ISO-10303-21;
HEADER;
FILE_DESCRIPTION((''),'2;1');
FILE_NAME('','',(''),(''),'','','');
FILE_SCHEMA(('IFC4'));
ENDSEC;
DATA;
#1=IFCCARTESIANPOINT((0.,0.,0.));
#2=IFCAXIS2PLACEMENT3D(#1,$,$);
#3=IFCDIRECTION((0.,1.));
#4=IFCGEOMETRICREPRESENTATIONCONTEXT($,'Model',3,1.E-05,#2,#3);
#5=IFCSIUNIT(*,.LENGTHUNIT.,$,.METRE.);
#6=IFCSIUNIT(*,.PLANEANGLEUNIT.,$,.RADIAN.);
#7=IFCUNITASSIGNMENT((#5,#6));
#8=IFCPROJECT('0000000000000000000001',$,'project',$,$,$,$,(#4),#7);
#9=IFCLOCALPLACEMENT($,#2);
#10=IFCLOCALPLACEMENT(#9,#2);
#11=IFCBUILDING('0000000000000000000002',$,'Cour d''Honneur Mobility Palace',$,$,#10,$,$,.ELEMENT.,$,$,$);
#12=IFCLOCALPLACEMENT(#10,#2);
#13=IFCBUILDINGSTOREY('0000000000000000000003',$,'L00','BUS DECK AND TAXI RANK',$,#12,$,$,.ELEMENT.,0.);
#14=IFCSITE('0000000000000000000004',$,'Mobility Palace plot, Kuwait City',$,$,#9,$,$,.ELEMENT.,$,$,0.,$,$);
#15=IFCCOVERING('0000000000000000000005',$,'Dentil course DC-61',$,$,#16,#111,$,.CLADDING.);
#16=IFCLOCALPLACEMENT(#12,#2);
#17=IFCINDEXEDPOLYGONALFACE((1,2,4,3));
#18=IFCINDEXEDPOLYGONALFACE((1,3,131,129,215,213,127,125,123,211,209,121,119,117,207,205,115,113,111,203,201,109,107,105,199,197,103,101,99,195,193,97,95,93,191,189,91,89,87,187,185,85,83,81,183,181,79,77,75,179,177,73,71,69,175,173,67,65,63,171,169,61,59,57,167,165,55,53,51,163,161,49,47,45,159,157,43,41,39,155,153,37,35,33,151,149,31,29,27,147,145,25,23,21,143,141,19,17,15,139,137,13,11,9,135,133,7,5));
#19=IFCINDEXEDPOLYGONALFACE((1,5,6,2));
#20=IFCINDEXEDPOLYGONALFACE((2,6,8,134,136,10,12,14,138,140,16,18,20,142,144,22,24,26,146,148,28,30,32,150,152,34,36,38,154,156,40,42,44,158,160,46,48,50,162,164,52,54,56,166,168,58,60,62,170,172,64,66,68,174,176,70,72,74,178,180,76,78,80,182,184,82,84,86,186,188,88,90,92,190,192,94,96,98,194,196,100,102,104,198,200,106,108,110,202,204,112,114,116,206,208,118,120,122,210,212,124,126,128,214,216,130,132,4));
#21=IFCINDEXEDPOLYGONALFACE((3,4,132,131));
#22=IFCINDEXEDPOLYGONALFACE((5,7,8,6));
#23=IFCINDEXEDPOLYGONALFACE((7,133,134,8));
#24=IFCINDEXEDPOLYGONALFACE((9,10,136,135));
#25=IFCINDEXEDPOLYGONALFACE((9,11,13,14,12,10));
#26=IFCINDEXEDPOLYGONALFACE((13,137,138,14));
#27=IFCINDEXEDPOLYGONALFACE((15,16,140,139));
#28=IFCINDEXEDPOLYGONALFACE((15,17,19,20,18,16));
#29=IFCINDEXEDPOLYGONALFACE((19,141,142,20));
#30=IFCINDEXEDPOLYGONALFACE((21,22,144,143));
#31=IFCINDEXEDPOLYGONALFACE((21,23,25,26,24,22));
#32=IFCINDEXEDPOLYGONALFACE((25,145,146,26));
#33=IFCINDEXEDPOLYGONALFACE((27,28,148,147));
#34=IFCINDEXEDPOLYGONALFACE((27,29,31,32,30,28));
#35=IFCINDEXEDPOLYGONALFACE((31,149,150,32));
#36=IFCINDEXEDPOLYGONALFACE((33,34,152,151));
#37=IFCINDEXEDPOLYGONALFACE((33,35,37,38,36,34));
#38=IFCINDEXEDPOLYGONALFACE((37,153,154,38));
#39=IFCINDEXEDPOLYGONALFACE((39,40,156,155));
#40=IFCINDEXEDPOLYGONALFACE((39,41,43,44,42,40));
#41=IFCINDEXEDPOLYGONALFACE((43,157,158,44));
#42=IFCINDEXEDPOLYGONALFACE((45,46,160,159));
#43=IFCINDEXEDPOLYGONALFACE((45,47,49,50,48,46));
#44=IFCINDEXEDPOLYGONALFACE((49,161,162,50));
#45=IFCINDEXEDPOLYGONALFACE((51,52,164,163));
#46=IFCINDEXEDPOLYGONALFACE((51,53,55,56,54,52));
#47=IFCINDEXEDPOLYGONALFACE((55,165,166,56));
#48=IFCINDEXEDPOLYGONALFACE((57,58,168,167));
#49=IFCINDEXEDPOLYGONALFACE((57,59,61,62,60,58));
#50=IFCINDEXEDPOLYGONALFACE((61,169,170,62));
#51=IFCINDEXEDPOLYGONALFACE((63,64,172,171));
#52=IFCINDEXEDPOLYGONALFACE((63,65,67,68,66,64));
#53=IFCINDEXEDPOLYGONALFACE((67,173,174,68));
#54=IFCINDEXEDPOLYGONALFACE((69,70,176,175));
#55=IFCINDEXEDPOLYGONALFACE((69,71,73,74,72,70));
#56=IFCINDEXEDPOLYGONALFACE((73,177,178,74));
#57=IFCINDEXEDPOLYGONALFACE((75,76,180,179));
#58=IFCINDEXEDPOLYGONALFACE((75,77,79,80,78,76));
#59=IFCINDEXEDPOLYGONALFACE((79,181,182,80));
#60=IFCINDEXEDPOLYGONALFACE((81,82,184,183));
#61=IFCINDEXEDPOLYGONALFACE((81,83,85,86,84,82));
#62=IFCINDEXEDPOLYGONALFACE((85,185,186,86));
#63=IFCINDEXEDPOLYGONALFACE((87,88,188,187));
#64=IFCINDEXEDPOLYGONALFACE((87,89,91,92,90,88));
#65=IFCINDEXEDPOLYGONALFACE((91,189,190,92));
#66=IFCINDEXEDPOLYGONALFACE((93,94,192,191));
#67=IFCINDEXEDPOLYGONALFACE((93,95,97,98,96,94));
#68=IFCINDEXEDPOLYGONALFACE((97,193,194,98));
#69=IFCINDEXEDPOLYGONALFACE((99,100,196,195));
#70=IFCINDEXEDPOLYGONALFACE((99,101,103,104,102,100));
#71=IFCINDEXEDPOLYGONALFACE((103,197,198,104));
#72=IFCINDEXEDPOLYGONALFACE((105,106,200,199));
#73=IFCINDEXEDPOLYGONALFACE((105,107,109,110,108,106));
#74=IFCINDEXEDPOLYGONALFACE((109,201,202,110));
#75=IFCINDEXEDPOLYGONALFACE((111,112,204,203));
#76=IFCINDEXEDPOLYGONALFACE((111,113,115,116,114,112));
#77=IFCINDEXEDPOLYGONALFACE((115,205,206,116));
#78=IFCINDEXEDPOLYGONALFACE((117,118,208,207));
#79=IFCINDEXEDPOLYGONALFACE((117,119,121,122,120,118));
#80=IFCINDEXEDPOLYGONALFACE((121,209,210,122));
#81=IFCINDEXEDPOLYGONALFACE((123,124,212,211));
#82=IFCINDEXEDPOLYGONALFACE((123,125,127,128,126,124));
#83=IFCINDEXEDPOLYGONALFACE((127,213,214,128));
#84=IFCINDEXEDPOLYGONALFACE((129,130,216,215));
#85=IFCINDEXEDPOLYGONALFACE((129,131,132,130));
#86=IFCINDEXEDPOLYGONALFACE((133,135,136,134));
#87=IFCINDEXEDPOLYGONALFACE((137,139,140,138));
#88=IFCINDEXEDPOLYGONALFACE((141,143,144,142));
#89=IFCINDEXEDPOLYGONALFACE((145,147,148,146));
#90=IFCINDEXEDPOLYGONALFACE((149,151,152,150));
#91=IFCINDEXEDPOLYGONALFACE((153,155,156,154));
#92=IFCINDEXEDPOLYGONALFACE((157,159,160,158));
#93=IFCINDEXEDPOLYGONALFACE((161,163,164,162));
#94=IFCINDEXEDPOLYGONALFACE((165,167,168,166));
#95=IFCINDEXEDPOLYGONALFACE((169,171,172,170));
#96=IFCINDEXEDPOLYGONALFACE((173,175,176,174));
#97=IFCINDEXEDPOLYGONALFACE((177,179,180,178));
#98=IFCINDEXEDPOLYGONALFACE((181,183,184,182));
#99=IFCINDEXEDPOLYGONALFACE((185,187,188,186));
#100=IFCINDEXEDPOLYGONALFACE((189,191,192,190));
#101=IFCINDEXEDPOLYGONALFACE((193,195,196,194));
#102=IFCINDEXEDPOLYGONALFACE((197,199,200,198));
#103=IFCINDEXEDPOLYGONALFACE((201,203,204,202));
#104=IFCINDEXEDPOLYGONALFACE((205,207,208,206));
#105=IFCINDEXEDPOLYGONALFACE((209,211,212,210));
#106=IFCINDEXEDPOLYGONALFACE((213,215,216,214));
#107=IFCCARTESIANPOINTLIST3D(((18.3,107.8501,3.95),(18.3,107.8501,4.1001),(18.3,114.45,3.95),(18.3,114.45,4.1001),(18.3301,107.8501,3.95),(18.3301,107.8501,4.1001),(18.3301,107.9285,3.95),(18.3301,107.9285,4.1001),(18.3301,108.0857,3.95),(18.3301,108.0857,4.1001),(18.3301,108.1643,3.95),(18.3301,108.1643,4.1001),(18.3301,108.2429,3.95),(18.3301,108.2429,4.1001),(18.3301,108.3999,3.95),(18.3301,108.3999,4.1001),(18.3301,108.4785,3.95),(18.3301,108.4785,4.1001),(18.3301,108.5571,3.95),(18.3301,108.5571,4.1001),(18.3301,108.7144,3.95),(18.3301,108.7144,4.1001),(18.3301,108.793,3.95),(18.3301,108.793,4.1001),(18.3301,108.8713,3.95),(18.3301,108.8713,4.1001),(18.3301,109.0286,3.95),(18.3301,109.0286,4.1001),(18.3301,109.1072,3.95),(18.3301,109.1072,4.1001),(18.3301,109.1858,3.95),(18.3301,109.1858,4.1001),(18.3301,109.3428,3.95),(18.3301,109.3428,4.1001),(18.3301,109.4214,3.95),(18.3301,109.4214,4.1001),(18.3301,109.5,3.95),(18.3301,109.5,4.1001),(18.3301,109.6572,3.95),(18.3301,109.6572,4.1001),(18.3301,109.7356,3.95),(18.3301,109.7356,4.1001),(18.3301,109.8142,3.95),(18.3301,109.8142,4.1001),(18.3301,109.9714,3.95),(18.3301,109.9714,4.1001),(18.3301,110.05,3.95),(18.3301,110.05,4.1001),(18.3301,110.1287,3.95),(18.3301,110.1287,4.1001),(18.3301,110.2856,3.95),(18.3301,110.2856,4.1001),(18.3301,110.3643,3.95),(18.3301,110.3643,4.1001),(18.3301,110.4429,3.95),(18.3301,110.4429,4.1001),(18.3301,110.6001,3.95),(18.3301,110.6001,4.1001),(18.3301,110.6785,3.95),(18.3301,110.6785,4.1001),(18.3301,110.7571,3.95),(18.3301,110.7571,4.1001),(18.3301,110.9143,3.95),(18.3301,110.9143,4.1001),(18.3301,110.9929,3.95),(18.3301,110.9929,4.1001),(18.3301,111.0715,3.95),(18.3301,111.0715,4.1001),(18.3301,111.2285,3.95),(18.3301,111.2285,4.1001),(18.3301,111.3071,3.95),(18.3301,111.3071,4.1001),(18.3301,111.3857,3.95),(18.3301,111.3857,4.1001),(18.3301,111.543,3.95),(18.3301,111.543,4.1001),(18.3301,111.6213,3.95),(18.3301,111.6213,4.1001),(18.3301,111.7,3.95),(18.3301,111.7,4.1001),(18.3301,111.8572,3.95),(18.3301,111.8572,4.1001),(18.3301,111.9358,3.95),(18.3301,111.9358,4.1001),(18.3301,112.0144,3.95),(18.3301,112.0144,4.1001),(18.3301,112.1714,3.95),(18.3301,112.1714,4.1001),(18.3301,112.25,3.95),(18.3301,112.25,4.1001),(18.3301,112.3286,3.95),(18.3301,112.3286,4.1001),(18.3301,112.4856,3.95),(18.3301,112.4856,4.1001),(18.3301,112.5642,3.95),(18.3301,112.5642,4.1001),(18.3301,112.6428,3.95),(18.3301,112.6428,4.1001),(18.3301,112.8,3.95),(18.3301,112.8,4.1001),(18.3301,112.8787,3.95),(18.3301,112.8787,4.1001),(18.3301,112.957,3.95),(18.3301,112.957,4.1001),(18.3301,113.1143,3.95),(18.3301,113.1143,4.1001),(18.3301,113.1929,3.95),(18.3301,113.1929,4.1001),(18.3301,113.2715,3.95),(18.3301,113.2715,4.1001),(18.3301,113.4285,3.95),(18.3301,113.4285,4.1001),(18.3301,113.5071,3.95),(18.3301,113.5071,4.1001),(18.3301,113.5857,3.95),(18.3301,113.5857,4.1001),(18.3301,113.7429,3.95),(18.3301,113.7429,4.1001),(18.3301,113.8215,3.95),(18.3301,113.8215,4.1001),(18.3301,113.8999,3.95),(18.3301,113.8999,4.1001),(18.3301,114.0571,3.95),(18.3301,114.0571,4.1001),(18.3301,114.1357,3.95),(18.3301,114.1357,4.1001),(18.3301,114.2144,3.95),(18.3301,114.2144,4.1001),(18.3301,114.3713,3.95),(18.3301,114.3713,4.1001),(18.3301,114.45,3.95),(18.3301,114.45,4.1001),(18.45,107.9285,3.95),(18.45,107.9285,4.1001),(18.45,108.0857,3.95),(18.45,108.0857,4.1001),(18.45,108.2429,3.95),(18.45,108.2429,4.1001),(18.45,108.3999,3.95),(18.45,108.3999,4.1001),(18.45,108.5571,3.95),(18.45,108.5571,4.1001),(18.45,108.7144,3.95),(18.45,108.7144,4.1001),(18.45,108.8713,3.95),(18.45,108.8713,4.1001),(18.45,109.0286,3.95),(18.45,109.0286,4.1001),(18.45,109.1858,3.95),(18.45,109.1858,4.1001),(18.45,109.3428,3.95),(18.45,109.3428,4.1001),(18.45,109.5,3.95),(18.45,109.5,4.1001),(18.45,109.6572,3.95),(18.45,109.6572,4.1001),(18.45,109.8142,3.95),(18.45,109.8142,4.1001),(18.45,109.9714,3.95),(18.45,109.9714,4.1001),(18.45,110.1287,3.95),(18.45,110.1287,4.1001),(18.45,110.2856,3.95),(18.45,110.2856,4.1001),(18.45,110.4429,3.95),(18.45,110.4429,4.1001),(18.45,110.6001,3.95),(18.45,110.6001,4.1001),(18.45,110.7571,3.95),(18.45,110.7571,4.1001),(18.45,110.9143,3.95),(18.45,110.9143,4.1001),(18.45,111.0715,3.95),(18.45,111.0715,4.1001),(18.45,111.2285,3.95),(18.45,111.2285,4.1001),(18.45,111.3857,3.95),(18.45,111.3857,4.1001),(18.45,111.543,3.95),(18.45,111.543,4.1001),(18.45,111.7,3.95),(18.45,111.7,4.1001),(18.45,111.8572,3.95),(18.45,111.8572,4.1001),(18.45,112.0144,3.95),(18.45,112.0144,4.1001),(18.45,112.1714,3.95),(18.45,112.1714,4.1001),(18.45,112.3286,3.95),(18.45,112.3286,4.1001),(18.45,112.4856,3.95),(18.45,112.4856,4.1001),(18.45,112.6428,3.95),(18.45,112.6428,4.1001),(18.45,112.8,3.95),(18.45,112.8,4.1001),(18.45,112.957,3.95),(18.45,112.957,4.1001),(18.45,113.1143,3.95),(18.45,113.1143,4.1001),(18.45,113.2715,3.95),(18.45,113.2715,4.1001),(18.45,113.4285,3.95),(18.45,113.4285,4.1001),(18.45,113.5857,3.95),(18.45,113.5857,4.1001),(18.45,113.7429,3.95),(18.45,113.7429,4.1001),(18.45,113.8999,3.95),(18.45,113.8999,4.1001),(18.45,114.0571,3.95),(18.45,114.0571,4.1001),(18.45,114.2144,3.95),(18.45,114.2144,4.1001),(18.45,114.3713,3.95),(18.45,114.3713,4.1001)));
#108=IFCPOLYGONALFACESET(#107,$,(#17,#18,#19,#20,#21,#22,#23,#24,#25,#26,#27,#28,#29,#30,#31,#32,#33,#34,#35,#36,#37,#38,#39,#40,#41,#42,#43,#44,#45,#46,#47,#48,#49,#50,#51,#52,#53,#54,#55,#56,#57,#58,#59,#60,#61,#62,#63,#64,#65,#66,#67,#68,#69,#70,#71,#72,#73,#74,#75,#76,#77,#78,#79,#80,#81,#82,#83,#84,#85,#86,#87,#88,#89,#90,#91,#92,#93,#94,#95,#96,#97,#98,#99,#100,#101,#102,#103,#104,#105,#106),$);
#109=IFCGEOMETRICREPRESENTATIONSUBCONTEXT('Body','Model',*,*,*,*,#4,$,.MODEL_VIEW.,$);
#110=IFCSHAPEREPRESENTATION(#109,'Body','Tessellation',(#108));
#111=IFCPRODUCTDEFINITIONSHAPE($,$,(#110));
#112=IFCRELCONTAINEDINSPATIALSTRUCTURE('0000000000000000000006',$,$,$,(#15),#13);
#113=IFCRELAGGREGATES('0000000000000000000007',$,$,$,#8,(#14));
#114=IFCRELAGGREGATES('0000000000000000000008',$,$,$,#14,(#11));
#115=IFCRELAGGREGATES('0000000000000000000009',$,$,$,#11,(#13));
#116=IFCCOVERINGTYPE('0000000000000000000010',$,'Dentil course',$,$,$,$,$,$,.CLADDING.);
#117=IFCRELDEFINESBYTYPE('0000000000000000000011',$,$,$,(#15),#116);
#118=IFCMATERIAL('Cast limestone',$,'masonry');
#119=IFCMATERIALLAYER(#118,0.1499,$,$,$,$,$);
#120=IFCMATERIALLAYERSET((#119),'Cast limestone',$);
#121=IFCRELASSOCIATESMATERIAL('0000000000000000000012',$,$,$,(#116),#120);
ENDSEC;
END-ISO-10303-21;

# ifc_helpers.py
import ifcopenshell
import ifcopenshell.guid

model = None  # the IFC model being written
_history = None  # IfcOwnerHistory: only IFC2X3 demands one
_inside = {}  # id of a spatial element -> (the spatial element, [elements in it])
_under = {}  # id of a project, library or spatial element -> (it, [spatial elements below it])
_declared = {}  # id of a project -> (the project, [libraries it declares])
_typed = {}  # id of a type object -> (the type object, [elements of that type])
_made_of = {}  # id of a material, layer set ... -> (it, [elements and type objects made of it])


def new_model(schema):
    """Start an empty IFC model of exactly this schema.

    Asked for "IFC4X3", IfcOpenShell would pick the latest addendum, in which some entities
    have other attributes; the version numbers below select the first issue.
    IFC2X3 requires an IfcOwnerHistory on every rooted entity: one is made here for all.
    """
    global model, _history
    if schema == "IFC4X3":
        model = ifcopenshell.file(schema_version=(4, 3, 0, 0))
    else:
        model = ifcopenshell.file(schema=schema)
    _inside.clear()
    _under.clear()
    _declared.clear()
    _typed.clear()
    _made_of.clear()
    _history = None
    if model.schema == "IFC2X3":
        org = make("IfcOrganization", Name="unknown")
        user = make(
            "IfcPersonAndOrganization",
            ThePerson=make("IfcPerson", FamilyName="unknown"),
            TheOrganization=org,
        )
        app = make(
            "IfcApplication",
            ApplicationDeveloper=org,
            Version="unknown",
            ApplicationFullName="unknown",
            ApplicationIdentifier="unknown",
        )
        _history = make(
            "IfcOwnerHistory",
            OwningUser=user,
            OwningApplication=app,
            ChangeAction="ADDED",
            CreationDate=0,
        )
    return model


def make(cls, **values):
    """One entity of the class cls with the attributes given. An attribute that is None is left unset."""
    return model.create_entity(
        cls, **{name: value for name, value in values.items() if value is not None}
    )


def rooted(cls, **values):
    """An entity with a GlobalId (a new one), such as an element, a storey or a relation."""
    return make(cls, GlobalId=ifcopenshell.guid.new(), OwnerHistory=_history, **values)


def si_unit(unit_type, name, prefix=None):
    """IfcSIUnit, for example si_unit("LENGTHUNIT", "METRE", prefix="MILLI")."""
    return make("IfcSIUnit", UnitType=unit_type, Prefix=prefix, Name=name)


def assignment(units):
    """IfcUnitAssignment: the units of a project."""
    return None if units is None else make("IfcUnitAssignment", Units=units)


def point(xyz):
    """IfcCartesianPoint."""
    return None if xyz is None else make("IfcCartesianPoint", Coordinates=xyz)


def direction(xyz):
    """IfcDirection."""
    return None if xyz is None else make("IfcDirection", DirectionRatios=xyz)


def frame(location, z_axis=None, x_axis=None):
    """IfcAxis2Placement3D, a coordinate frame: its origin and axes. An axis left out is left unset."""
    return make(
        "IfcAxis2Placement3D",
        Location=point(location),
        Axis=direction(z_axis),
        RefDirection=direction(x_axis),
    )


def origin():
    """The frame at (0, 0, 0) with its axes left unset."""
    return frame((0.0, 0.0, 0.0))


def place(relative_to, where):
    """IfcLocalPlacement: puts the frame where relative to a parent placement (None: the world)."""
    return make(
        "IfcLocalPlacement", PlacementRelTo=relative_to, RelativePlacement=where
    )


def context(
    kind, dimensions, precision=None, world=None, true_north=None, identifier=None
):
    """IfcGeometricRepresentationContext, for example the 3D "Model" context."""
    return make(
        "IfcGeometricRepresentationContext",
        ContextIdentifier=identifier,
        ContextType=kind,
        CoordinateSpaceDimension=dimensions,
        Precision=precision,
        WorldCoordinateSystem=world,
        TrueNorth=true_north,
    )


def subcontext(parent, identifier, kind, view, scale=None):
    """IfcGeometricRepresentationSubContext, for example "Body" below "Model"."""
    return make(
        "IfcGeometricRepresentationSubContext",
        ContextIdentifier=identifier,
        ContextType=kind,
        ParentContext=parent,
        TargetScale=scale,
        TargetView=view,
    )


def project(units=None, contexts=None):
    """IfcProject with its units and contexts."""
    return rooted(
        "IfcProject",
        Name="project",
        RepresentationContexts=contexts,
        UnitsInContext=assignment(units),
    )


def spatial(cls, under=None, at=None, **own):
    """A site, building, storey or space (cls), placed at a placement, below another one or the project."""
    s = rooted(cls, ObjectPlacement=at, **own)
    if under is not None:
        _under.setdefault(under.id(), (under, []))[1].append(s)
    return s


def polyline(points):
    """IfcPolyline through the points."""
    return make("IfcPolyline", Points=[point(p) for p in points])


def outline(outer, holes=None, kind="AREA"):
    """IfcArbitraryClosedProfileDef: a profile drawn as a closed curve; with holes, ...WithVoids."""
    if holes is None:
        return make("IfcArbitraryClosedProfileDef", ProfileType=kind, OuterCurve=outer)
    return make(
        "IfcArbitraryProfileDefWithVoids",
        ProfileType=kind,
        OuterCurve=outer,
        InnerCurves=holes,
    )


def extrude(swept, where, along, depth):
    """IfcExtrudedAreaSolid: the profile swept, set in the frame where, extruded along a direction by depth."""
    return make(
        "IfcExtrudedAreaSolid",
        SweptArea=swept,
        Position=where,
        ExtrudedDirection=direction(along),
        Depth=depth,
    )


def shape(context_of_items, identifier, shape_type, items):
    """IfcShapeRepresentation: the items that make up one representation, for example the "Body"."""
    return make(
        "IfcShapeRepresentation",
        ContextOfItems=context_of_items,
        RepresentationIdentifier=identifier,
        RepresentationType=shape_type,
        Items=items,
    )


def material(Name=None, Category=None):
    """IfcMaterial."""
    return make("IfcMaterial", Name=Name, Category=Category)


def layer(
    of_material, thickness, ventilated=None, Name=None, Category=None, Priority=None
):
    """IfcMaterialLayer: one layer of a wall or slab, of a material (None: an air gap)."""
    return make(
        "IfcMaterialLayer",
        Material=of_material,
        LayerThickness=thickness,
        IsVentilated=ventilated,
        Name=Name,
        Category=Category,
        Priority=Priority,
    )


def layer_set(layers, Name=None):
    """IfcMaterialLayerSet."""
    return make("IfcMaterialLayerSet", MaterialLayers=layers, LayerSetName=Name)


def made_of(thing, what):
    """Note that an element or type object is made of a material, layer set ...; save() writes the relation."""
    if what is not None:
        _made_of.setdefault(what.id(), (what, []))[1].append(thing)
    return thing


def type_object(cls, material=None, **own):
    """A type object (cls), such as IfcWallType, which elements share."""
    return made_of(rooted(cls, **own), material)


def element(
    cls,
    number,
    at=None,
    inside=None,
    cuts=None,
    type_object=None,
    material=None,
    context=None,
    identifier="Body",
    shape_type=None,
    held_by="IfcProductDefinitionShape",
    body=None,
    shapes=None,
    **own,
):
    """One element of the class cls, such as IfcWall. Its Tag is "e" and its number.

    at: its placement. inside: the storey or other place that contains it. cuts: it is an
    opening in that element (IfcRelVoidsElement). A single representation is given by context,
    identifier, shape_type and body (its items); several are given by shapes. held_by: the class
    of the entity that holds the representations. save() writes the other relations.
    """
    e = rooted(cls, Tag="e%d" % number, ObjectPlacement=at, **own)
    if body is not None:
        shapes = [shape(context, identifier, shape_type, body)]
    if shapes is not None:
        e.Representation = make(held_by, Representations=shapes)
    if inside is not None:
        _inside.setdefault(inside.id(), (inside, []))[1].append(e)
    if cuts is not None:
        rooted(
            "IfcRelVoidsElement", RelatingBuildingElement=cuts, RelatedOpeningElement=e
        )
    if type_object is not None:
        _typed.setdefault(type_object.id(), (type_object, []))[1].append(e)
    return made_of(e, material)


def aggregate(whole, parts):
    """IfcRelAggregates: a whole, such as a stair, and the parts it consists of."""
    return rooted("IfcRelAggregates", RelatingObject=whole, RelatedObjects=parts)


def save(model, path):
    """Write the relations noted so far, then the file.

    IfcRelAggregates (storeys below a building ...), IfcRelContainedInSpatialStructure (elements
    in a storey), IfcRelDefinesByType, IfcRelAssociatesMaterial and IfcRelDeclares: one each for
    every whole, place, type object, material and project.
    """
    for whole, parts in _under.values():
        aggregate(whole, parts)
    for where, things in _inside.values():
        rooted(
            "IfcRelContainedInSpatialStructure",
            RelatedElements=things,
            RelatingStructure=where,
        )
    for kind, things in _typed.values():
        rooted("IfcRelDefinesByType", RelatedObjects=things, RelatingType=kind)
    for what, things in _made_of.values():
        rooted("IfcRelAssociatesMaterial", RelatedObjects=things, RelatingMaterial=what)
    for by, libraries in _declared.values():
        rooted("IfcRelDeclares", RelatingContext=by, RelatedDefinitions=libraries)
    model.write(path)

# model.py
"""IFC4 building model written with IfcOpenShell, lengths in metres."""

from ifc_helpers import new_model, si_unit, direction, frame, origin, place, context, subcontext, project, spatial, polyline, outline, extrude, material, layer, layer_set, type_object, element, save


model = new_model("IFC4")

# Units and contexts
model_context = context("Model", 3, precision=1e-05, world=origin(), true_north=direction((0.0, 1.0)))
body_context = subcontext(model_context, "Body", "Model", "MODEL_VIEW")
ifc_project = project(units=[si_unit("LENGTHUNIT", "METRE"), si_unit("PLANEANGLEUNIT", "RADIAN")], contexts=[model_context])

# Site, building, storey
site_placement = place(None, origin())
site = spatial("IfcSite", under=ifc_project, at=site_placement, Name="Mobility Palace plot, Kuwait City", CompositionType="ELEMENT", RefElevation=0.0)
building_placement = place(site_placement, origin())
building = spatial("IfcBuilding", under=site, at=building_placement, Name="Cour d'Honneur Mobility Palace", CompositionType="ELEMENT")
storey_placement = place(building_placement, origin())
storey = spatial("IfcBuildingStorey", under=building, at=storey_placement, Name="L00", Description="BUS DECK AND TAXI RANK", CompositionType="ELEMENT", Elevation=0.0)

# Covering
ifc_material = material(Name="Cast limestone", Category="masonry")
ifc_layer = layer(ifc_material, 0.1499)
ifc_layer_set = layer_set([ifc_layer], Name="Cast limestone")
covering_type = type_object("IfcCoveringType", Name="Dentil course", PredefinedType="CLADDING", material=ifc_layer_set)
covering_1_placement = place(storey_placement, frame((0.0, 0.0, 3.95)))
element("IfcCovering", 1, at=covering_1_placement, inside=storey, type_object=covering_type, Name="Dentil course DC-61", PredefinedType="CLADDING", context=body_context, shape_type="SweptSolid", body=[
    extrude(outline(polyline([(18.3, 107.8501), (18.3, 114.45), (18.3301, 114.45), (18.3301, 114.45), (18.3301, 114.3713), (18.45, 114.3713), (18.45, 114.2144), (18.3301, 114.2144), (18.3301, 114.1357), (18.3301, 114.1357), (18.3301, 114.0571), (18.45, 114.0571), (18.45, 113.8999), (18.3301, 113.8999), (18.3301, 113.8215), (18.3301, 113.8215), (18.3301, 113.7429), (18.45, 113.7429), (18.45, 113.5857), (18.3301, 113.5857), (18.3301, 113.5071), (18.3301, 113.5071), (18.3301, 113.4285), (18.45, 113.4285), (18.45, 113.2715), (18.3301, 113.2715), (18.3301, 113.1929), (18.3301, 113.1929), (18.3301, 113.1143), (18.45, 113.1143), (18.45, 112.957), (18.3301, 112.957), (18.3301, 112.8787), (18.3301, 112.8787), (18.3301, 112.8), (18.45, 112.8), (18.45, 112.6428), (18.3301, 112.6428), (18.3301, 112.5642), (18.3301, 112.5642), (18.3301, 112.4856), (18.45, 112.4856), (18.45, 112.3286), (18.3301, 112.3286), (18.3301, 112.25), (18.3301, 112.25), (18.3301, 112.1714), (18.45, 112.1714), (18.45, 112.0144), (18.3301, 112.0144), (18.3301, 111.9358), (18.3301, 111.9358), (18.3301, 111.8572), (18.45, 111.8572), (18.45, 111.7), (18.3301, 111.7), (18.3301, 111.6213), (18.3301, 111.6213), (18.3301, 111.543), (18.45, 111.543), (18.45, 111.3857), (18.3301, 111.3857), (18.3301, 111.3071), (18.3301, 111.3071), (18.3301, 111.2285), (18.45, 111.2285), (18.45, 111.0715), (18.3301, 111.0715), (18.3301, 110.9929), (18.3301, 110.9929), (18.3301, 110.9143), (18.45, 110.9143), (18.45, 110.7571), (18.3301, 110.7571), (18.3301, 110.6785), (18.3301, 110.6785), (18.3301, 110.6001), (18.45, 110.6001), (18.45, 110.4429), (18.3301, 110.4429), (18.3301, 110.3643), (18.3301, 110.3643), (18.3301, 110.2856), (18.45, 110.2856), (18.45, 110.1287), (18.3301, 110.1287), (18.3301, 110.05), (18.3301, 110.05), (18.3301, 109.9714), (18.45, 109.9714), (18.45, 109.8142), (18.3301, 109.8142), (18.3301, 109.7356), (18.3301, 109.7356), (18.3301, 109.6572), (18.45, 109.6572), (18.45, 109.5), (18.3301, 109.5), (18.3301, 109.4214), (18.3301, 109.4214), (18.3301, 109.3428), (18.45, 109.3428), (18.45, 109.1858), (18.3301, 109.1858), (18.3301, 109.1072), (18.3301, 109.1072), (18.3301, 109.0286), (18.45, 109.0286), (18.45, 108.8713), (18.3301, 108.8713), (18.3301, 108.793), (18.3301, 108.793), (18.3301, 108.7144), (18.45, 108.7144), (18.45, 108.5571), (18.3301, 108.5571), (18.3301, 108.4785), (18.3301, 108.4785), (18.3301, 108.3999), (18.45, 108.3999), (18.45, 108.2429), (18.3301, 108.2429), (18.3301, 108.1643), (18.3301, 108.1643), (18.3301, 108.0857), (18.45, 108.0857), (18.45, 107.9285), (18.3301, 107.9285), (18.3301, 107.8501), (18.3, 107.8501)])), origin(), (0.0, 0.0, 1.0), 0.1501),
])

save(model, "model.ifc")
